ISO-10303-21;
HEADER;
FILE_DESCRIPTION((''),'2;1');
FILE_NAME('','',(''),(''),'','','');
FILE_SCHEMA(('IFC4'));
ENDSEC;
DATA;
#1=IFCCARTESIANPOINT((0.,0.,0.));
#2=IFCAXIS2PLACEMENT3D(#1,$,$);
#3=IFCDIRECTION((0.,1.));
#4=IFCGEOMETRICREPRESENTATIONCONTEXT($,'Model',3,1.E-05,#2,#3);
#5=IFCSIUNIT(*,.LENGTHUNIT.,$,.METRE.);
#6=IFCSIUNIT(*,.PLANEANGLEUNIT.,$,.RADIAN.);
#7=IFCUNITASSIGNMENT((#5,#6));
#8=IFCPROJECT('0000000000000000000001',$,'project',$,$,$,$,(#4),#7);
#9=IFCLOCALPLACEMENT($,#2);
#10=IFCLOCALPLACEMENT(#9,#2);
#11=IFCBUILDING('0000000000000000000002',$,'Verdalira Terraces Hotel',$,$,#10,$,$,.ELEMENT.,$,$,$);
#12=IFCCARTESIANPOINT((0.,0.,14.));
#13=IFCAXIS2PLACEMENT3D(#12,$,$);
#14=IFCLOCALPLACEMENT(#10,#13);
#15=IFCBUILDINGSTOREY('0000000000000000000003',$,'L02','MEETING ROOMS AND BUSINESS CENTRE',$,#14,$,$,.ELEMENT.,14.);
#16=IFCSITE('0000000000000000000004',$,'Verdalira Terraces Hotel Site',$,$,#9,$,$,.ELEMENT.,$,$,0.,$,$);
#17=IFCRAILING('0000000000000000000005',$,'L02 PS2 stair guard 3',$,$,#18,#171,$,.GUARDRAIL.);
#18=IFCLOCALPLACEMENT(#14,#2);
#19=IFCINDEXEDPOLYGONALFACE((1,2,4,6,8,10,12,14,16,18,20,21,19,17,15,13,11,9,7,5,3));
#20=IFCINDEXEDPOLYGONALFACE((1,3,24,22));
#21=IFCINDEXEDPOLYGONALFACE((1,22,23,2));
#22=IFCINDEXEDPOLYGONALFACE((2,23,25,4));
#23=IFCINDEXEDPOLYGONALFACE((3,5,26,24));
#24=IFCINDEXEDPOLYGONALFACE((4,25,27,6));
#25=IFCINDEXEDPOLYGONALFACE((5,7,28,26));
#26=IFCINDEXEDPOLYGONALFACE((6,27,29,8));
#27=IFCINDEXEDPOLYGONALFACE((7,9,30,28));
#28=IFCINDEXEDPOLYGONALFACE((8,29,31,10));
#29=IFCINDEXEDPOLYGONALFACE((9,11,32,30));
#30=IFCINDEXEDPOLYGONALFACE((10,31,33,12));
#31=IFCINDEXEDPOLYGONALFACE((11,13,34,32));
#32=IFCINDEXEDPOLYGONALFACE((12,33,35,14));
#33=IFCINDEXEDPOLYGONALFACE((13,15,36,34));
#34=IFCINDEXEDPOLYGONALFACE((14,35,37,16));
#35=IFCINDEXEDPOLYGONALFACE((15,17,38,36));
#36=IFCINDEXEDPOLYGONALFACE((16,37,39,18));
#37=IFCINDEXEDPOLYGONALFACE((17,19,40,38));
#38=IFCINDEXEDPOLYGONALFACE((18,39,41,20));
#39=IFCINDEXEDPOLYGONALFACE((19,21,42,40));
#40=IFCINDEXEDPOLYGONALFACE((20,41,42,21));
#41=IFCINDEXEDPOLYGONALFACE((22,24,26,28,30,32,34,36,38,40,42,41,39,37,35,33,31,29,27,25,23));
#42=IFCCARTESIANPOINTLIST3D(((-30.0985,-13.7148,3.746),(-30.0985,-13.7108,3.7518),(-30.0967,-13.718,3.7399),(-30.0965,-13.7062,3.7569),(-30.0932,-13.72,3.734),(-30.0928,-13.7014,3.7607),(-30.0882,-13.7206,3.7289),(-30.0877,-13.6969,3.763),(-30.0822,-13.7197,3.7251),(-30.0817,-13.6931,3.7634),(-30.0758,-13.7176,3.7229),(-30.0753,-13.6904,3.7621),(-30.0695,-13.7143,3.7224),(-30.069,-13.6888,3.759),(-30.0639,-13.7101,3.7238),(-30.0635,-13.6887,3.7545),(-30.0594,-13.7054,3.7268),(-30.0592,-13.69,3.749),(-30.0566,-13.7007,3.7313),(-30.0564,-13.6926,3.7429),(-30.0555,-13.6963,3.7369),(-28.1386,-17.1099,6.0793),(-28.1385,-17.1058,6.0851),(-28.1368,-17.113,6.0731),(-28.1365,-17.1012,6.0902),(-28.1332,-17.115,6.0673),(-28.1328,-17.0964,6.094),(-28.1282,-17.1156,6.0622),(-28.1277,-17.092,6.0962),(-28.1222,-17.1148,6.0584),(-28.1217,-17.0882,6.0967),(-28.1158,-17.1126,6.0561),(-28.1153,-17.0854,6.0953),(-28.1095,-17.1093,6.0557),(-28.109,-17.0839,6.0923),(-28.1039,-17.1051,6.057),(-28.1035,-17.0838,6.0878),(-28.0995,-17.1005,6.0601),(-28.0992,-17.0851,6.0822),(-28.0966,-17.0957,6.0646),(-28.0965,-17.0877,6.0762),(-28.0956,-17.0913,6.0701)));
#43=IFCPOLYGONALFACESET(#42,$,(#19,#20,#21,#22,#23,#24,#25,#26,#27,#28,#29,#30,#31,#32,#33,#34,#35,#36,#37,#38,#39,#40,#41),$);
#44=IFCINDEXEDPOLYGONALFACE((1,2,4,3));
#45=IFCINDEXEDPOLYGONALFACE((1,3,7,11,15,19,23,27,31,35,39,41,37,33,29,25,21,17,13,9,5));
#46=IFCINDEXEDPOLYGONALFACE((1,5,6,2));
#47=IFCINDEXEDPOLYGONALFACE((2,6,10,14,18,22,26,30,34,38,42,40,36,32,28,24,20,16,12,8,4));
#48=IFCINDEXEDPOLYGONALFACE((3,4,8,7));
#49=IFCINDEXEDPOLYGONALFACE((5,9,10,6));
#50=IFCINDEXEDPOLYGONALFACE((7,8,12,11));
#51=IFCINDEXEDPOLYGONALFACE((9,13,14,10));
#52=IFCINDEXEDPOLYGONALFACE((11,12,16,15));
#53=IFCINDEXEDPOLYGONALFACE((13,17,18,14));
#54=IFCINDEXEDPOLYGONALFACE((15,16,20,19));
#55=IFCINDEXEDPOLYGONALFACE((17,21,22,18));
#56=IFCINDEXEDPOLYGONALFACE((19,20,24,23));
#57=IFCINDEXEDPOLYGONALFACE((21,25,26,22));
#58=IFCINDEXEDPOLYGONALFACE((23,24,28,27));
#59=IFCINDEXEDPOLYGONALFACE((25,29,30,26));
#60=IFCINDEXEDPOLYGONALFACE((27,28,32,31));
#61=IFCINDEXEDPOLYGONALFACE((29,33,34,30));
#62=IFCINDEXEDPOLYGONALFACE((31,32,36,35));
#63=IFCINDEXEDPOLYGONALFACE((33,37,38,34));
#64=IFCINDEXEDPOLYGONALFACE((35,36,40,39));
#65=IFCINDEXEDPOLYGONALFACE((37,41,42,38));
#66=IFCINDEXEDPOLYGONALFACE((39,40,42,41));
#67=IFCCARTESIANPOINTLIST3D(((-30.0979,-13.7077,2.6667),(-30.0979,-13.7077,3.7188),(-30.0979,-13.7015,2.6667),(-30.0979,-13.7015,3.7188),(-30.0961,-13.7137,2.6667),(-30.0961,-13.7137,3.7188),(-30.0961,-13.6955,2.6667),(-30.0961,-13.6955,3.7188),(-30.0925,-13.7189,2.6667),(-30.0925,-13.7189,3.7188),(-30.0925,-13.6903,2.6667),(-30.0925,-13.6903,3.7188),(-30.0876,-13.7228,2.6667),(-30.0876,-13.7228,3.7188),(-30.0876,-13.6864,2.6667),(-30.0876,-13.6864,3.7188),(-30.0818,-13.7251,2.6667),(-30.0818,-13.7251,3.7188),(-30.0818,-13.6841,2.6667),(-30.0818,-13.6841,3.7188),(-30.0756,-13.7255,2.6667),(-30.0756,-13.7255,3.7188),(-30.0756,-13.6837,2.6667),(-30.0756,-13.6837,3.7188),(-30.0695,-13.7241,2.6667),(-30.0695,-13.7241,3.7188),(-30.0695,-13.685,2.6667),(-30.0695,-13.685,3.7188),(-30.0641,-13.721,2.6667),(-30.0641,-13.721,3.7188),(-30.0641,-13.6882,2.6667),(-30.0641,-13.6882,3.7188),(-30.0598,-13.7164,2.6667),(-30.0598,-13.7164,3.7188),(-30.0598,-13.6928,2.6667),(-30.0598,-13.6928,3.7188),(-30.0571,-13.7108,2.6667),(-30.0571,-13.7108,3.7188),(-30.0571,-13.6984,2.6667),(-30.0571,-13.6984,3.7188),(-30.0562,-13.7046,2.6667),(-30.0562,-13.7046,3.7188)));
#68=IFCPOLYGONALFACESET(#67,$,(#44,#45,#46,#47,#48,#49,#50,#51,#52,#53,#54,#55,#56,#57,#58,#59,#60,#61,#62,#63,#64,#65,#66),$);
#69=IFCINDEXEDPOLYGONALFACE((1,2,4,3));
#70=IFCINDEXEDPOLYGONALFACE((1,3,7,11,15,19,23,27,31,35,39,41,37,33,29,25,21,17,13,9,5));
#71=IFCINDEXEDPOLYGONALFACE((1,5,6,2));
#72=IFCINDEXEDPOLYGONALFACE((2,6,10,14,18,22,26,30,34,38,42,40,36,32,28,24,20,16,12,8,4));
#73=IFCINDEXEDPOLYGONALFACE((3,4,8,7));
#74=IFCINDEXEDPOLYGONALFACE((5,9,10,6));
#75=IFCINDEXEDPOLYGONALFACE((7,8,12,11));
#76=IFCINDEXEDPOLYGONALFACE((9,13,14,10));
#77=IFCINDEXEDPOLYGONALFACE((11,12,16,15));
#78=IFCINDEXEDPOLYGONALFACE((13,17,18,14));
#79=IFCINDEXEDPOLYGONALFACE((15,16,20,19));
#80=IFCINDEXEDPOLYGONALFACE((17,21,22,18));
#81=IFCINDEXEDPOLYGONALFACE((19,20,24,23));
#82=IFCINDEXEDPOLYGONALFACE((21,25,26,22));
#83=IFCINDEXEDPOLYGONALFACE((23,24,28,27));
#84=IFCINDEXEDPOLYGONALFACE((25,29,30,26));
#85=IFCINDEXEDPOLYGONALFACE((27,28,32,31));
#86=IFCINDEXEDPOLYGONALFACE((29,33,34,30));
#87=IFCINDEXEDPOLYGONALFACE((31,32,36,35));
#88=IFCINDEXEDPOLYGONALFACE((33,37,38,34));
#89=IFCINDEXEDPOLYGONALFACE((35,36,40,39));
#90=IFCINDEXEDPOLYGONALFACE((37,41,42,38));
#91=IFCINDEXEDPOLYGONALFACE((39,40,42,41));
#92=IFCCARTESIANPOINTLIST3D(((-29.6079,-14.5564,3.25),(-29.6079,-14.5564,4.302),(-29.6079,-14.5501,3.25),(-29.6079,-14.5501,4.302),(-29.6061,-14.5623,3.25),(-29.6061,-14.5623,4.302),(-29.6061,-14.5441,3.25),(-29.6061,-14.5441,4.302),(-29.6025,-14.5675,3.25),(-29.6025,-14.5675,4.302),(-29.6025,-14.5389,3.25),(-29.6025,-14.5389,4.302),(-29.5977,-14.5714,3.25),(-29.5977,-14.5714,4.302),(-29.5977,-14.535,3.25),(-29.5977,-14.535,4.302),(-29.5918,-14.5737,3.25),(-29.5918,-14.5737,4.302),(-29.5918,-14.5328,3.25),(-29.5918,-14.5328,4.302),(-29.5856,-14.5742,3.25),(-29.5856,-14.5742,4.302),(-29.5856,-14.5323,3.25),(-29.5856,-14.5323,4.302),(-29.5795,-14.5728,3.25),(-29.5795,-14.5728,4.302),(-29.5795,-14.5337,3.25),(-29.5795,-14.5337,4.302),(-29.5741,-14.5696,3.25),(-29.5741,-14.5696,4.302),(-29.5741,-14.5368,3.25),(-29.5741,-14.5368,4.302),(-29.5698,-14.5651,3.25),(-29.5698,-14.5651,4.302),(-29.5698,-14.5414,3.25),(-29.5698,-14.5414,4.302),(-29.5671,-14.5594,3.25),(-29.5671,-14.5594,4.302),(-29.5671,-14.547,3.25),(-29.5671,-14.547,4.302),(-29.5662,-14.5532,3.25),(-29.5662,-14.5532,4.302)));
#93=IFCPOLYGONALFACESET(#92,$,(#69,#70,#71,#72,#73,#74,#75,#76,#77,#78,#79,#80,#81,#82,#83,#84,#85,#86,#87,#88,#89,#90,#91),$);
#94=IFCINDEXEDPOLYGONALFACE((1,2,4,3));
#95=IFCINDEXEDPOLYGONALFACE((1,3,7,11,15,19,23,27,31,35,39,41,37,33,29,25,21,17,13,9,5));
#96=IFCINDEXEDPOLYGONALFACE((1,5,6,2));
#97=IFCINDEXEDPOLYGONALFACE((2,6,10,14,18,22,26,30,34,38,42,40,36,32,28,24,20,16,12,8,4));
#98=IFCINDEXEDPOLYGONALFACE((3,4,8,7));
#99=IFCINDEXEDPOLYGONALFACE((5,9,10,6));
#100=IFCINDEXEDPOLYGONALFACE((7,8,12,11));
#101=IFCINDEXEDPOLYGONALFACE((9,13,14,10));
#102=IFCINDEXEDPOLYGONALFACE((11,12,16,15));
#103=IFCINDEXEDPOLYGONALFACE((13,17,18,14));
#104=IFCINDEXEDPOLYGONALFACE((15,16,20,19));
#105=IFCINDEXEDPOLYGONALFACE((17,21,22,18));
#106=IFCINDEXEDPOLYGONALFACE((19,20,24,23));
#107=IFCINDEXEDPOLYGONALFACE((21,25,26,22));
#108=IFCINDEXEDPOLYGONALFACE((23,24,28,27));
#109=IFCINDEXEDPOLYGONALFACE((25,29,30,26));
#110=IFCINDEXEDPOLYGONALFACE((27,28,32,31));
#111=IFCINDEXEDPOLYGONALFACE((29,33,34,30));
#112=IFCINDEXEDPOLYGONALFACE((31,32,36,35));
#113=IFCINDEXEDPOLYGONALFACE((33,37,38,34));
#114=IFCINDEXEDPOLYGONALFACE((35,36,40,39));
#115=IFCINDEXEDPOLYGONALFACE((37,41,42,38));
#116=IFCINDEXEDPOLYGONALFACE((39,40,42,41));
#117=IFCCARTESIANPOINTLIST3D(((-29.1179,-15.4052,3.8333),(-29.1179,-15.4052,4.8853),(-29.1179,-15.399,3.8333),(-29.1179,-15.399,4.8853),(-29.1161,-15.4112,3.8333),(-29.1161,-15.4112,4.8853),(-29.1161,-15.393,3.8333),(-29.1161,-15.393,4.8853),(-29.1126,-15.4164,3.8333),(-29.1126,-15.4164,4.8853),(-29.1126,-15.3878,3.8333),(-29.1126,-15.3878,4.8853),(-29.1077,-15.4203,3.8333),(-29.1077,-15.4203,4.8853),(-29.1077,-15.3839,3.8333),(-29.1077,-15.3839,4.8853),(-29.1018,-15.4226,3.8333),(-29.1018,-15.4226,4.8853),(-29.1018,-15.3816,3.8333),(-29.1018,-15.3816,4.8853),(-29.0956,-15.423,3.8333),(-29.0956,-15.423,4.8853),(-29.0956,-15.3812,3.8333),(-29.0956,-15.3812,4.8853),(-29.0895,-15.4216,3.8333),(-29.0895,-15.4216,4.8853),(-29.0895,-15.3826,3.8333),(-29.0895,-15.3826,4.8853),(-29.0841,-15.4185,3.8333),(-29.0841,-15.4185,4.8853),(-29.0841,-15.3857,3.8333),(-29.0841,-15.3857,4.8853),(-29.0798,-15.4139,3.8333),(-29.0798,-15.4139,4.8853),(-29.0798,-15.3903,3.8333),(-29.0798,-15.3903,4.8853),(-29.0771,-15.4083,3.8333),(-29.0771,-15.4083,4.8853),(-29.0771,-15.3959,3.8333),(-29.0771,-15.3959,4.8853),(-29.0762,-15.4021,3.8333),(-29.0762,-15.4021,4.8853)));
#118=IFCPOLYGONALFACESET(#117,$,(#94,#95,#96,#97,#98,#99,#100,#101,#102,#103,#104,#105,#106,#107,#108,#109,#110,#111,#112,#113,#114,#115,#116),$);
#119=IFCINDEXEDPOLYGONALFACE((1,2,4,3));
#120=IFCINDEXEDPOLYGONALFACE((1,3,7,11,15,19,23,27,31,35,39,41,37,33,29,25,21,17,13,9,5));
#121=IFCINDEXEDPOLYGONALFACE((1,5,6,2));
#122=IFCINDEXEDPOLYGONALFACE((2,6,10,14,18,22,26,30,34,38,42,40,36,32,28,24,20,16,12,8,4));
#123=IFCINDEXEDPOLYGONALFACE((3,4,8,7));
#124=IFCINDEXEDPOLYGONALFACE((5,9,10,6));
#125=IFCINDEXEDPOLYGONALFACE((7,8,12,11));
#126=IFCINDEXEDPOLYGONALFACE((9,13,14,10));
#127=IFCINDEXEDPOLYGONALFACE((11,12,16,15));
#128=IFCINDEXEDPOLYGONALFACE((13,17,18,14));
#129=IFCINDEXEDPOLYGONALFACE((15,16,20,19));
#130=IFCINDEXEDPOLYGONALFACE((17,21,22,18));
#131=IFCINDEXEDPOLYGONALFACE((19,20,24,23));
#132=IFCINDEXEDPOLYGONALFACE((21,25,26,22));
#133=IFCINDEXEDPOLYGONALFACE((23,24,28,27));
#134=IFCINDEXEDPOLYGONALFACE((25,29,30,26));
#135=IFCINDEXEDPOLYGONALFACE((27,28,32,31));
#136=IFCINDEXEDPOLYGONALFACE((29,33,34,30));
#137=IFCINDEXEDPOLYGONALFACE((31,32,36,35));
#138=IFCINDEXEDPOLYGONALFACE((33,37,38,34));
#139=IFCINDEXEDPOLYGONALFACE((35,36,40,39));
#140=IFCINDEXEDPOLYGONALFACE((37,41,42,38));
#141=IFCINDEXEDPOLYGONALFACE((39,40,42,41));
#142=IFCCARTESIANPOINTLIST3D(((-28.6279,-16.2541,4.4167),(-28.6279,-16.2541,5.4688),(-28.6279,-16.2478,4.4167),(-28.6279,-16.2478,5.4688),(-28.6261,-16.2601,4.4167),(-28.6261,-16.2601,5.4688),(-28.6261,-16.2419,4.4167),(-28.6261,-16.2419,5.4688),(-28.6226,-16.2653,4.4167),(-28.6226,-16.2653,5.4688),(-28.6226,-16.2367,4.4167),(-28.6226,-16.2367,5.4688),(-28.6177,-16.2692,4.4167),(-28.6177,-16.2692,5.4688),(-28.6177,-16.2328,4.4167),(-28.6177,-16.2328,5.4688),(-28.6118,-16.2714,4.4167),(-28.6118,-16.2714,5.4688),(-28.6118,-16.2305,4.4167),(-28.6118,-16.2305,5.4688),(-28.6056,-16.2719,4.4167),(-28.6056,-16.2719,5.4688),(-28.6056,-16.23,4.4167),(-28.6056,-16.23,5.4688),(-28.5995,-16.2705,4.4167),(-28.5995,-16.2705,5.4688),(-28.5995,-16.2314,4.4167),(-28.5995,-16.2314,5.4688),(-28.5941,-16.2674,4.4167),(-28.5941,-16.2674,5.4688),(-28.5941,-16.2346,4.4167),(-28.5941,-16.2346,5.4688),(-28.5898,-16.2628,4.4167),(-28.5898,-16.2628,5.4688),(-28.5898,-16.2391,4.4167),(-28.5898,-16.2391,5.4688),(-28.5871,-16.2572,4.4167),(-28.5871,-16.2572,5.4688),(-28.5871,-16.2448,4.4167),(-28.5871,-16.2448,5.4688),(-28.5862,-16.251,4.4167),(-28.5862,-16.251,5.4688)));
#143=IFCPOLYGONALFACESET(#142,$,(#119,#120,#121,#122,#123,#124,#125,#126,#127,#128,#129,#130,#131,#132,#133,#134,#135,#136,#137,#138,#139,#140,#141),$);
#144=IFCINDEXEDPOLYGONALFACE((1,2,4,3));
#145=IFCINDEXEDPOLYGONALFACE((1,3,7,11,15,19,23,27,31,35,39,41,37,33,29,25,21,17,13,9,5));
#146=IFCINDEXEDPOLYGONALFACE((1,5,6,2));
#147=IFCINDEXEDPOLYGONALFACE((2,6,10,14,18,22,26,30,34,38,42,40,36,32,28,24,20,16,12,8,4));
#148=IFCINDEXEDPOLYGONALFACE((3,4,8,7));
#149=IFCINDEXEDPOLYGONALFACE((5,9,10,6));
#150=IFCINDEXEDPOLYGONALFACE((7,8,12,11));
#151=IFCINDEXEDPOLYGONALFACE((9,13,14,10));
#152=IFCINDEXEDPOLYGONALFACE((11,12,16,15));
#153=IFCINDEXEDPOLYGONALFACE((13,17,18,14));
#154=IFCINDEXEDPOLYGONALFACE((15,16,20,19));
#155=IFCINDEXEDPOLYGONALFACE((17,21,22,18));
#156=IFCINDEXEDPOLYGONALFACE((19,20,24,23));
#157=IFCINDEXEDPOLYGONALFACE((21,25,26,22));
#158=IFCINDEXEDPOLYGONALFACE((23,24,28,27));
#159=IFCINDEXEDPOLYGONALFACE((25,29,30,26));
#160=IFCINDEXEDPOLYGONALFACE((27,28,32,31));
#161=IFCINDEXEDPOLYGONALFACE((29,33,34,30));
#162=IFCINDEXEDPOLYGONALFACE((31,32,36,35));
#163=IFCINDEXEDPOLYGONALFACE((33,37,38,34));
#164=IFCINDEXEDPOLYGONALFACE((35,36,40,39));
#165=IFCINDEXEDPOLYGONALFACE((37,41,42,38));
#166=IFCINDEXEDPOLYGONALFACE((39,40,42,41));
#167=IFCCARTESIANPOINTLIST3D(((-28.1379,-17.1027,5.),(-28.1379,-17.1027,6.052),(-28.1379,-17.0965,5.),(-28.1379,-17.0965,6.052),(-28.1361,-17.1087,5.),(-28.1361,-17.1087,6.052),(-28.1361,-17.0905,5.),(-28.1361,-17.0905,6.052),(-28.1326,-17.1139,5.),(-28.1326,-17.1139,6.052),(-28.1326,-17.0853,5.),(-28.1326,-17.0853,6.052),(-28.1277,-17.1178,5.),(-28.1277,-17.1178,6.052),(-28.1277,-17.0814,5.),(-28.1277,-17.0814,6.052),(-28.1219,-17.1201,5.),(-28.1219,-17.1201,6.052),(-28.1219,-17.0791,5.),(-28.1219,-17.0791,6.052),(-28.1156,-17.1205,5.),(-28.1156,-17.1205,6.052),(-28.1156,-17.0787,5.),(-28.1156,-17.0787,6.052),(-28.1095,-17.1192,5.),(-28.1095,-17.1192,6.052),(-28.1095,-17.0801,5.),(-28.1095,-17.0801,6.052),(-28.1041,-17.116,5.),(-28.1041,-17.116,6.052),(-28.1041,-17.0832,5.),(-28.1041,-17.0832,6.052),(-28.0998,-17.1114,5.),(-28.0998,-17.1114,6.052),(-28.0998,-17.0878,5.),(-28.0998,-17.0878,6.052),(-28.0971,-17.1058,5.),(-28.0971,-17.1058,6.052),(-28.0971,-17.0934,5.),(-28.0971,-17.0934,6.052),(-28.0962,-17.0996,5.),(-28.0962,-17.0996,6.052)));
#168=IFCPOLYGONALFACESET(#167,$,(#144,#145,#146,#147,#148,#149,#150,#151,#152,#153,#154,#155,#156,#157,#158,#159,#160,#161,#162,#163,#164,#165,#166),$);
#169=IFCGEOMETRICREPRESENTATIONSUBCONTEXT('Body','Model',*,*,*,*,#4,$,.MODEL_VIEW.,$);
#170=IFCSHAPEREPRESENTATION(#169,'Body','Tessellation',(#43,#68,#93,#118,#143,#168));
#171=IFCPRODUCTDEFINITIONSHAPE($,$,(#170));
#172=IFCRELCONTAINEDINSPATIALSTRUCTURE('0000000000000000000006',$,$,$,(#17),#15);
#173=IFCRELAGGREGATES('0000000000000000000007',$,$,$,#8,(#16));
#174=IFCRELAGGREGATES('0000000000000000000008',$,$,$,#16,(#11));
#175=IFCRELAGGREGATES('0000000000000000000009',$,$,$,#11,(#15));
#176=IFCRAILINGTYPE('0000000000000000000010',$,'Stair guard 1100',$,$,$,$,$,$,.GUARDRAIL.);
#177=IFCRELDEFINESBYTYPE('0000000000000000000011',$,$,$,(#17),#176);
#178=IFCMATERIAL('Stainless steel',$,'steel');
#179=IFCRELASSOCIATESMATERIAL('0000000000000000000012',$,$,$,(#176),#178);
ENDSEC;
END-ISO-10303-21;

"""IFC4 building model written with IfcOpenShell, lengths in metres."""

from ifc_helpers import new_model, si_unit, direction, frame, origin, origin_2d, place, context, subcontext, project, spatial, circle, extrude, material, type_object, element, save


model = new_model("IFC4")

# Units and contexts
model_context = context("Model", 3, precision=1e-05, world=origin(), true_north=direction((0.0, 1.0)))
body_context = subcontext(model_context, "Body", "Model", "MODEL_VIEW")
ifc_project = project(units=[si_unit("LENGTHUNIT", "METRE"), si_unit("PLANEANGLEUNIT", "RADIAN")], contexts=[model_context])

# Site, building, storey
site_placement = place(None, origin())
site = spatial("IfcSite", under=ifc_project, at=site_placement, Name="Verdalira Terraces Hotel Site", CompositionType="ELEMENT", RefElevation=0.0)
building_placement = place(site_placement, origin())
building = spatial("IfcBuilding", under=site, at=building_placement, Name="Verdalira Terraces Hotel", CompositionType="ELEMENT")
storey_placement = place(building_placement, frame((0.0, 0.0, 14.0)))
storey = spatial("IfcBuildingStorey", under=building, at=storey_placement, Name="L02", Description="MEETING ROOMS AND BUSINESS CENTRE", CompositionType="ELEMENT", Elevation=14.0)

# Railing
ifc_material_1 = material(Name="Stainless steel", Category="steel")
railing_type_1 = type_object("IfcRailingType", Name="Stair guard 1100", PredefinedType="GUARDRAIL", material=ifc_material_1)
railing_1_placement = place(storey_placement, frame((-30.0771, -13.7046, 2.6667)))
element("IfcRailing", 1, at=railing_1_placement, inside=storey, type_object=railing_type_1, Name="L02 PS2 stair guard 3", PredefinedType="GUARDRAIL", context=body_context, shape_type="SweptSolid", body=[
    extrude(circle(Radius=0.0239, at=origin_2d()), frame((0.0, 0.0, 1.0762), z_axis=(0.429629, -0.744199, 0.511456), x_axis=(0.866042, 0.49997, 0.0)), (0.0, 0.0, 1.0), 4.562),
    extrude(circle(Radius=0.021, at=origin_2d()), origin(), (0.0, 0.0, 1.0), 1.052),
    extrude(circle(Radius=0.021, at=origin_2d()), frame((0.49, -0.8486, 0.5833)), (0.0, 0.0, 1.0), 1.052),
    extrude(circle(Radius=0.021, at=origin_2d()), frame((0.98, -1.6975, 1.1665)), (0.0, 0.0, 1.0), 1.052),
    extrude(circle(Radius=0.021, at=origin_2d()), frame((1.47, -2.5464, 1.75)), (0.0, 0.0, 1.0), 1.052),
    extrude(circle(Radius=0.021, at=origin_2d()), frame((1.96, -3.395, 2.3333)), (0.0, 0.0, 1.0), 1.052),
])

save(model, "model.ifc")
